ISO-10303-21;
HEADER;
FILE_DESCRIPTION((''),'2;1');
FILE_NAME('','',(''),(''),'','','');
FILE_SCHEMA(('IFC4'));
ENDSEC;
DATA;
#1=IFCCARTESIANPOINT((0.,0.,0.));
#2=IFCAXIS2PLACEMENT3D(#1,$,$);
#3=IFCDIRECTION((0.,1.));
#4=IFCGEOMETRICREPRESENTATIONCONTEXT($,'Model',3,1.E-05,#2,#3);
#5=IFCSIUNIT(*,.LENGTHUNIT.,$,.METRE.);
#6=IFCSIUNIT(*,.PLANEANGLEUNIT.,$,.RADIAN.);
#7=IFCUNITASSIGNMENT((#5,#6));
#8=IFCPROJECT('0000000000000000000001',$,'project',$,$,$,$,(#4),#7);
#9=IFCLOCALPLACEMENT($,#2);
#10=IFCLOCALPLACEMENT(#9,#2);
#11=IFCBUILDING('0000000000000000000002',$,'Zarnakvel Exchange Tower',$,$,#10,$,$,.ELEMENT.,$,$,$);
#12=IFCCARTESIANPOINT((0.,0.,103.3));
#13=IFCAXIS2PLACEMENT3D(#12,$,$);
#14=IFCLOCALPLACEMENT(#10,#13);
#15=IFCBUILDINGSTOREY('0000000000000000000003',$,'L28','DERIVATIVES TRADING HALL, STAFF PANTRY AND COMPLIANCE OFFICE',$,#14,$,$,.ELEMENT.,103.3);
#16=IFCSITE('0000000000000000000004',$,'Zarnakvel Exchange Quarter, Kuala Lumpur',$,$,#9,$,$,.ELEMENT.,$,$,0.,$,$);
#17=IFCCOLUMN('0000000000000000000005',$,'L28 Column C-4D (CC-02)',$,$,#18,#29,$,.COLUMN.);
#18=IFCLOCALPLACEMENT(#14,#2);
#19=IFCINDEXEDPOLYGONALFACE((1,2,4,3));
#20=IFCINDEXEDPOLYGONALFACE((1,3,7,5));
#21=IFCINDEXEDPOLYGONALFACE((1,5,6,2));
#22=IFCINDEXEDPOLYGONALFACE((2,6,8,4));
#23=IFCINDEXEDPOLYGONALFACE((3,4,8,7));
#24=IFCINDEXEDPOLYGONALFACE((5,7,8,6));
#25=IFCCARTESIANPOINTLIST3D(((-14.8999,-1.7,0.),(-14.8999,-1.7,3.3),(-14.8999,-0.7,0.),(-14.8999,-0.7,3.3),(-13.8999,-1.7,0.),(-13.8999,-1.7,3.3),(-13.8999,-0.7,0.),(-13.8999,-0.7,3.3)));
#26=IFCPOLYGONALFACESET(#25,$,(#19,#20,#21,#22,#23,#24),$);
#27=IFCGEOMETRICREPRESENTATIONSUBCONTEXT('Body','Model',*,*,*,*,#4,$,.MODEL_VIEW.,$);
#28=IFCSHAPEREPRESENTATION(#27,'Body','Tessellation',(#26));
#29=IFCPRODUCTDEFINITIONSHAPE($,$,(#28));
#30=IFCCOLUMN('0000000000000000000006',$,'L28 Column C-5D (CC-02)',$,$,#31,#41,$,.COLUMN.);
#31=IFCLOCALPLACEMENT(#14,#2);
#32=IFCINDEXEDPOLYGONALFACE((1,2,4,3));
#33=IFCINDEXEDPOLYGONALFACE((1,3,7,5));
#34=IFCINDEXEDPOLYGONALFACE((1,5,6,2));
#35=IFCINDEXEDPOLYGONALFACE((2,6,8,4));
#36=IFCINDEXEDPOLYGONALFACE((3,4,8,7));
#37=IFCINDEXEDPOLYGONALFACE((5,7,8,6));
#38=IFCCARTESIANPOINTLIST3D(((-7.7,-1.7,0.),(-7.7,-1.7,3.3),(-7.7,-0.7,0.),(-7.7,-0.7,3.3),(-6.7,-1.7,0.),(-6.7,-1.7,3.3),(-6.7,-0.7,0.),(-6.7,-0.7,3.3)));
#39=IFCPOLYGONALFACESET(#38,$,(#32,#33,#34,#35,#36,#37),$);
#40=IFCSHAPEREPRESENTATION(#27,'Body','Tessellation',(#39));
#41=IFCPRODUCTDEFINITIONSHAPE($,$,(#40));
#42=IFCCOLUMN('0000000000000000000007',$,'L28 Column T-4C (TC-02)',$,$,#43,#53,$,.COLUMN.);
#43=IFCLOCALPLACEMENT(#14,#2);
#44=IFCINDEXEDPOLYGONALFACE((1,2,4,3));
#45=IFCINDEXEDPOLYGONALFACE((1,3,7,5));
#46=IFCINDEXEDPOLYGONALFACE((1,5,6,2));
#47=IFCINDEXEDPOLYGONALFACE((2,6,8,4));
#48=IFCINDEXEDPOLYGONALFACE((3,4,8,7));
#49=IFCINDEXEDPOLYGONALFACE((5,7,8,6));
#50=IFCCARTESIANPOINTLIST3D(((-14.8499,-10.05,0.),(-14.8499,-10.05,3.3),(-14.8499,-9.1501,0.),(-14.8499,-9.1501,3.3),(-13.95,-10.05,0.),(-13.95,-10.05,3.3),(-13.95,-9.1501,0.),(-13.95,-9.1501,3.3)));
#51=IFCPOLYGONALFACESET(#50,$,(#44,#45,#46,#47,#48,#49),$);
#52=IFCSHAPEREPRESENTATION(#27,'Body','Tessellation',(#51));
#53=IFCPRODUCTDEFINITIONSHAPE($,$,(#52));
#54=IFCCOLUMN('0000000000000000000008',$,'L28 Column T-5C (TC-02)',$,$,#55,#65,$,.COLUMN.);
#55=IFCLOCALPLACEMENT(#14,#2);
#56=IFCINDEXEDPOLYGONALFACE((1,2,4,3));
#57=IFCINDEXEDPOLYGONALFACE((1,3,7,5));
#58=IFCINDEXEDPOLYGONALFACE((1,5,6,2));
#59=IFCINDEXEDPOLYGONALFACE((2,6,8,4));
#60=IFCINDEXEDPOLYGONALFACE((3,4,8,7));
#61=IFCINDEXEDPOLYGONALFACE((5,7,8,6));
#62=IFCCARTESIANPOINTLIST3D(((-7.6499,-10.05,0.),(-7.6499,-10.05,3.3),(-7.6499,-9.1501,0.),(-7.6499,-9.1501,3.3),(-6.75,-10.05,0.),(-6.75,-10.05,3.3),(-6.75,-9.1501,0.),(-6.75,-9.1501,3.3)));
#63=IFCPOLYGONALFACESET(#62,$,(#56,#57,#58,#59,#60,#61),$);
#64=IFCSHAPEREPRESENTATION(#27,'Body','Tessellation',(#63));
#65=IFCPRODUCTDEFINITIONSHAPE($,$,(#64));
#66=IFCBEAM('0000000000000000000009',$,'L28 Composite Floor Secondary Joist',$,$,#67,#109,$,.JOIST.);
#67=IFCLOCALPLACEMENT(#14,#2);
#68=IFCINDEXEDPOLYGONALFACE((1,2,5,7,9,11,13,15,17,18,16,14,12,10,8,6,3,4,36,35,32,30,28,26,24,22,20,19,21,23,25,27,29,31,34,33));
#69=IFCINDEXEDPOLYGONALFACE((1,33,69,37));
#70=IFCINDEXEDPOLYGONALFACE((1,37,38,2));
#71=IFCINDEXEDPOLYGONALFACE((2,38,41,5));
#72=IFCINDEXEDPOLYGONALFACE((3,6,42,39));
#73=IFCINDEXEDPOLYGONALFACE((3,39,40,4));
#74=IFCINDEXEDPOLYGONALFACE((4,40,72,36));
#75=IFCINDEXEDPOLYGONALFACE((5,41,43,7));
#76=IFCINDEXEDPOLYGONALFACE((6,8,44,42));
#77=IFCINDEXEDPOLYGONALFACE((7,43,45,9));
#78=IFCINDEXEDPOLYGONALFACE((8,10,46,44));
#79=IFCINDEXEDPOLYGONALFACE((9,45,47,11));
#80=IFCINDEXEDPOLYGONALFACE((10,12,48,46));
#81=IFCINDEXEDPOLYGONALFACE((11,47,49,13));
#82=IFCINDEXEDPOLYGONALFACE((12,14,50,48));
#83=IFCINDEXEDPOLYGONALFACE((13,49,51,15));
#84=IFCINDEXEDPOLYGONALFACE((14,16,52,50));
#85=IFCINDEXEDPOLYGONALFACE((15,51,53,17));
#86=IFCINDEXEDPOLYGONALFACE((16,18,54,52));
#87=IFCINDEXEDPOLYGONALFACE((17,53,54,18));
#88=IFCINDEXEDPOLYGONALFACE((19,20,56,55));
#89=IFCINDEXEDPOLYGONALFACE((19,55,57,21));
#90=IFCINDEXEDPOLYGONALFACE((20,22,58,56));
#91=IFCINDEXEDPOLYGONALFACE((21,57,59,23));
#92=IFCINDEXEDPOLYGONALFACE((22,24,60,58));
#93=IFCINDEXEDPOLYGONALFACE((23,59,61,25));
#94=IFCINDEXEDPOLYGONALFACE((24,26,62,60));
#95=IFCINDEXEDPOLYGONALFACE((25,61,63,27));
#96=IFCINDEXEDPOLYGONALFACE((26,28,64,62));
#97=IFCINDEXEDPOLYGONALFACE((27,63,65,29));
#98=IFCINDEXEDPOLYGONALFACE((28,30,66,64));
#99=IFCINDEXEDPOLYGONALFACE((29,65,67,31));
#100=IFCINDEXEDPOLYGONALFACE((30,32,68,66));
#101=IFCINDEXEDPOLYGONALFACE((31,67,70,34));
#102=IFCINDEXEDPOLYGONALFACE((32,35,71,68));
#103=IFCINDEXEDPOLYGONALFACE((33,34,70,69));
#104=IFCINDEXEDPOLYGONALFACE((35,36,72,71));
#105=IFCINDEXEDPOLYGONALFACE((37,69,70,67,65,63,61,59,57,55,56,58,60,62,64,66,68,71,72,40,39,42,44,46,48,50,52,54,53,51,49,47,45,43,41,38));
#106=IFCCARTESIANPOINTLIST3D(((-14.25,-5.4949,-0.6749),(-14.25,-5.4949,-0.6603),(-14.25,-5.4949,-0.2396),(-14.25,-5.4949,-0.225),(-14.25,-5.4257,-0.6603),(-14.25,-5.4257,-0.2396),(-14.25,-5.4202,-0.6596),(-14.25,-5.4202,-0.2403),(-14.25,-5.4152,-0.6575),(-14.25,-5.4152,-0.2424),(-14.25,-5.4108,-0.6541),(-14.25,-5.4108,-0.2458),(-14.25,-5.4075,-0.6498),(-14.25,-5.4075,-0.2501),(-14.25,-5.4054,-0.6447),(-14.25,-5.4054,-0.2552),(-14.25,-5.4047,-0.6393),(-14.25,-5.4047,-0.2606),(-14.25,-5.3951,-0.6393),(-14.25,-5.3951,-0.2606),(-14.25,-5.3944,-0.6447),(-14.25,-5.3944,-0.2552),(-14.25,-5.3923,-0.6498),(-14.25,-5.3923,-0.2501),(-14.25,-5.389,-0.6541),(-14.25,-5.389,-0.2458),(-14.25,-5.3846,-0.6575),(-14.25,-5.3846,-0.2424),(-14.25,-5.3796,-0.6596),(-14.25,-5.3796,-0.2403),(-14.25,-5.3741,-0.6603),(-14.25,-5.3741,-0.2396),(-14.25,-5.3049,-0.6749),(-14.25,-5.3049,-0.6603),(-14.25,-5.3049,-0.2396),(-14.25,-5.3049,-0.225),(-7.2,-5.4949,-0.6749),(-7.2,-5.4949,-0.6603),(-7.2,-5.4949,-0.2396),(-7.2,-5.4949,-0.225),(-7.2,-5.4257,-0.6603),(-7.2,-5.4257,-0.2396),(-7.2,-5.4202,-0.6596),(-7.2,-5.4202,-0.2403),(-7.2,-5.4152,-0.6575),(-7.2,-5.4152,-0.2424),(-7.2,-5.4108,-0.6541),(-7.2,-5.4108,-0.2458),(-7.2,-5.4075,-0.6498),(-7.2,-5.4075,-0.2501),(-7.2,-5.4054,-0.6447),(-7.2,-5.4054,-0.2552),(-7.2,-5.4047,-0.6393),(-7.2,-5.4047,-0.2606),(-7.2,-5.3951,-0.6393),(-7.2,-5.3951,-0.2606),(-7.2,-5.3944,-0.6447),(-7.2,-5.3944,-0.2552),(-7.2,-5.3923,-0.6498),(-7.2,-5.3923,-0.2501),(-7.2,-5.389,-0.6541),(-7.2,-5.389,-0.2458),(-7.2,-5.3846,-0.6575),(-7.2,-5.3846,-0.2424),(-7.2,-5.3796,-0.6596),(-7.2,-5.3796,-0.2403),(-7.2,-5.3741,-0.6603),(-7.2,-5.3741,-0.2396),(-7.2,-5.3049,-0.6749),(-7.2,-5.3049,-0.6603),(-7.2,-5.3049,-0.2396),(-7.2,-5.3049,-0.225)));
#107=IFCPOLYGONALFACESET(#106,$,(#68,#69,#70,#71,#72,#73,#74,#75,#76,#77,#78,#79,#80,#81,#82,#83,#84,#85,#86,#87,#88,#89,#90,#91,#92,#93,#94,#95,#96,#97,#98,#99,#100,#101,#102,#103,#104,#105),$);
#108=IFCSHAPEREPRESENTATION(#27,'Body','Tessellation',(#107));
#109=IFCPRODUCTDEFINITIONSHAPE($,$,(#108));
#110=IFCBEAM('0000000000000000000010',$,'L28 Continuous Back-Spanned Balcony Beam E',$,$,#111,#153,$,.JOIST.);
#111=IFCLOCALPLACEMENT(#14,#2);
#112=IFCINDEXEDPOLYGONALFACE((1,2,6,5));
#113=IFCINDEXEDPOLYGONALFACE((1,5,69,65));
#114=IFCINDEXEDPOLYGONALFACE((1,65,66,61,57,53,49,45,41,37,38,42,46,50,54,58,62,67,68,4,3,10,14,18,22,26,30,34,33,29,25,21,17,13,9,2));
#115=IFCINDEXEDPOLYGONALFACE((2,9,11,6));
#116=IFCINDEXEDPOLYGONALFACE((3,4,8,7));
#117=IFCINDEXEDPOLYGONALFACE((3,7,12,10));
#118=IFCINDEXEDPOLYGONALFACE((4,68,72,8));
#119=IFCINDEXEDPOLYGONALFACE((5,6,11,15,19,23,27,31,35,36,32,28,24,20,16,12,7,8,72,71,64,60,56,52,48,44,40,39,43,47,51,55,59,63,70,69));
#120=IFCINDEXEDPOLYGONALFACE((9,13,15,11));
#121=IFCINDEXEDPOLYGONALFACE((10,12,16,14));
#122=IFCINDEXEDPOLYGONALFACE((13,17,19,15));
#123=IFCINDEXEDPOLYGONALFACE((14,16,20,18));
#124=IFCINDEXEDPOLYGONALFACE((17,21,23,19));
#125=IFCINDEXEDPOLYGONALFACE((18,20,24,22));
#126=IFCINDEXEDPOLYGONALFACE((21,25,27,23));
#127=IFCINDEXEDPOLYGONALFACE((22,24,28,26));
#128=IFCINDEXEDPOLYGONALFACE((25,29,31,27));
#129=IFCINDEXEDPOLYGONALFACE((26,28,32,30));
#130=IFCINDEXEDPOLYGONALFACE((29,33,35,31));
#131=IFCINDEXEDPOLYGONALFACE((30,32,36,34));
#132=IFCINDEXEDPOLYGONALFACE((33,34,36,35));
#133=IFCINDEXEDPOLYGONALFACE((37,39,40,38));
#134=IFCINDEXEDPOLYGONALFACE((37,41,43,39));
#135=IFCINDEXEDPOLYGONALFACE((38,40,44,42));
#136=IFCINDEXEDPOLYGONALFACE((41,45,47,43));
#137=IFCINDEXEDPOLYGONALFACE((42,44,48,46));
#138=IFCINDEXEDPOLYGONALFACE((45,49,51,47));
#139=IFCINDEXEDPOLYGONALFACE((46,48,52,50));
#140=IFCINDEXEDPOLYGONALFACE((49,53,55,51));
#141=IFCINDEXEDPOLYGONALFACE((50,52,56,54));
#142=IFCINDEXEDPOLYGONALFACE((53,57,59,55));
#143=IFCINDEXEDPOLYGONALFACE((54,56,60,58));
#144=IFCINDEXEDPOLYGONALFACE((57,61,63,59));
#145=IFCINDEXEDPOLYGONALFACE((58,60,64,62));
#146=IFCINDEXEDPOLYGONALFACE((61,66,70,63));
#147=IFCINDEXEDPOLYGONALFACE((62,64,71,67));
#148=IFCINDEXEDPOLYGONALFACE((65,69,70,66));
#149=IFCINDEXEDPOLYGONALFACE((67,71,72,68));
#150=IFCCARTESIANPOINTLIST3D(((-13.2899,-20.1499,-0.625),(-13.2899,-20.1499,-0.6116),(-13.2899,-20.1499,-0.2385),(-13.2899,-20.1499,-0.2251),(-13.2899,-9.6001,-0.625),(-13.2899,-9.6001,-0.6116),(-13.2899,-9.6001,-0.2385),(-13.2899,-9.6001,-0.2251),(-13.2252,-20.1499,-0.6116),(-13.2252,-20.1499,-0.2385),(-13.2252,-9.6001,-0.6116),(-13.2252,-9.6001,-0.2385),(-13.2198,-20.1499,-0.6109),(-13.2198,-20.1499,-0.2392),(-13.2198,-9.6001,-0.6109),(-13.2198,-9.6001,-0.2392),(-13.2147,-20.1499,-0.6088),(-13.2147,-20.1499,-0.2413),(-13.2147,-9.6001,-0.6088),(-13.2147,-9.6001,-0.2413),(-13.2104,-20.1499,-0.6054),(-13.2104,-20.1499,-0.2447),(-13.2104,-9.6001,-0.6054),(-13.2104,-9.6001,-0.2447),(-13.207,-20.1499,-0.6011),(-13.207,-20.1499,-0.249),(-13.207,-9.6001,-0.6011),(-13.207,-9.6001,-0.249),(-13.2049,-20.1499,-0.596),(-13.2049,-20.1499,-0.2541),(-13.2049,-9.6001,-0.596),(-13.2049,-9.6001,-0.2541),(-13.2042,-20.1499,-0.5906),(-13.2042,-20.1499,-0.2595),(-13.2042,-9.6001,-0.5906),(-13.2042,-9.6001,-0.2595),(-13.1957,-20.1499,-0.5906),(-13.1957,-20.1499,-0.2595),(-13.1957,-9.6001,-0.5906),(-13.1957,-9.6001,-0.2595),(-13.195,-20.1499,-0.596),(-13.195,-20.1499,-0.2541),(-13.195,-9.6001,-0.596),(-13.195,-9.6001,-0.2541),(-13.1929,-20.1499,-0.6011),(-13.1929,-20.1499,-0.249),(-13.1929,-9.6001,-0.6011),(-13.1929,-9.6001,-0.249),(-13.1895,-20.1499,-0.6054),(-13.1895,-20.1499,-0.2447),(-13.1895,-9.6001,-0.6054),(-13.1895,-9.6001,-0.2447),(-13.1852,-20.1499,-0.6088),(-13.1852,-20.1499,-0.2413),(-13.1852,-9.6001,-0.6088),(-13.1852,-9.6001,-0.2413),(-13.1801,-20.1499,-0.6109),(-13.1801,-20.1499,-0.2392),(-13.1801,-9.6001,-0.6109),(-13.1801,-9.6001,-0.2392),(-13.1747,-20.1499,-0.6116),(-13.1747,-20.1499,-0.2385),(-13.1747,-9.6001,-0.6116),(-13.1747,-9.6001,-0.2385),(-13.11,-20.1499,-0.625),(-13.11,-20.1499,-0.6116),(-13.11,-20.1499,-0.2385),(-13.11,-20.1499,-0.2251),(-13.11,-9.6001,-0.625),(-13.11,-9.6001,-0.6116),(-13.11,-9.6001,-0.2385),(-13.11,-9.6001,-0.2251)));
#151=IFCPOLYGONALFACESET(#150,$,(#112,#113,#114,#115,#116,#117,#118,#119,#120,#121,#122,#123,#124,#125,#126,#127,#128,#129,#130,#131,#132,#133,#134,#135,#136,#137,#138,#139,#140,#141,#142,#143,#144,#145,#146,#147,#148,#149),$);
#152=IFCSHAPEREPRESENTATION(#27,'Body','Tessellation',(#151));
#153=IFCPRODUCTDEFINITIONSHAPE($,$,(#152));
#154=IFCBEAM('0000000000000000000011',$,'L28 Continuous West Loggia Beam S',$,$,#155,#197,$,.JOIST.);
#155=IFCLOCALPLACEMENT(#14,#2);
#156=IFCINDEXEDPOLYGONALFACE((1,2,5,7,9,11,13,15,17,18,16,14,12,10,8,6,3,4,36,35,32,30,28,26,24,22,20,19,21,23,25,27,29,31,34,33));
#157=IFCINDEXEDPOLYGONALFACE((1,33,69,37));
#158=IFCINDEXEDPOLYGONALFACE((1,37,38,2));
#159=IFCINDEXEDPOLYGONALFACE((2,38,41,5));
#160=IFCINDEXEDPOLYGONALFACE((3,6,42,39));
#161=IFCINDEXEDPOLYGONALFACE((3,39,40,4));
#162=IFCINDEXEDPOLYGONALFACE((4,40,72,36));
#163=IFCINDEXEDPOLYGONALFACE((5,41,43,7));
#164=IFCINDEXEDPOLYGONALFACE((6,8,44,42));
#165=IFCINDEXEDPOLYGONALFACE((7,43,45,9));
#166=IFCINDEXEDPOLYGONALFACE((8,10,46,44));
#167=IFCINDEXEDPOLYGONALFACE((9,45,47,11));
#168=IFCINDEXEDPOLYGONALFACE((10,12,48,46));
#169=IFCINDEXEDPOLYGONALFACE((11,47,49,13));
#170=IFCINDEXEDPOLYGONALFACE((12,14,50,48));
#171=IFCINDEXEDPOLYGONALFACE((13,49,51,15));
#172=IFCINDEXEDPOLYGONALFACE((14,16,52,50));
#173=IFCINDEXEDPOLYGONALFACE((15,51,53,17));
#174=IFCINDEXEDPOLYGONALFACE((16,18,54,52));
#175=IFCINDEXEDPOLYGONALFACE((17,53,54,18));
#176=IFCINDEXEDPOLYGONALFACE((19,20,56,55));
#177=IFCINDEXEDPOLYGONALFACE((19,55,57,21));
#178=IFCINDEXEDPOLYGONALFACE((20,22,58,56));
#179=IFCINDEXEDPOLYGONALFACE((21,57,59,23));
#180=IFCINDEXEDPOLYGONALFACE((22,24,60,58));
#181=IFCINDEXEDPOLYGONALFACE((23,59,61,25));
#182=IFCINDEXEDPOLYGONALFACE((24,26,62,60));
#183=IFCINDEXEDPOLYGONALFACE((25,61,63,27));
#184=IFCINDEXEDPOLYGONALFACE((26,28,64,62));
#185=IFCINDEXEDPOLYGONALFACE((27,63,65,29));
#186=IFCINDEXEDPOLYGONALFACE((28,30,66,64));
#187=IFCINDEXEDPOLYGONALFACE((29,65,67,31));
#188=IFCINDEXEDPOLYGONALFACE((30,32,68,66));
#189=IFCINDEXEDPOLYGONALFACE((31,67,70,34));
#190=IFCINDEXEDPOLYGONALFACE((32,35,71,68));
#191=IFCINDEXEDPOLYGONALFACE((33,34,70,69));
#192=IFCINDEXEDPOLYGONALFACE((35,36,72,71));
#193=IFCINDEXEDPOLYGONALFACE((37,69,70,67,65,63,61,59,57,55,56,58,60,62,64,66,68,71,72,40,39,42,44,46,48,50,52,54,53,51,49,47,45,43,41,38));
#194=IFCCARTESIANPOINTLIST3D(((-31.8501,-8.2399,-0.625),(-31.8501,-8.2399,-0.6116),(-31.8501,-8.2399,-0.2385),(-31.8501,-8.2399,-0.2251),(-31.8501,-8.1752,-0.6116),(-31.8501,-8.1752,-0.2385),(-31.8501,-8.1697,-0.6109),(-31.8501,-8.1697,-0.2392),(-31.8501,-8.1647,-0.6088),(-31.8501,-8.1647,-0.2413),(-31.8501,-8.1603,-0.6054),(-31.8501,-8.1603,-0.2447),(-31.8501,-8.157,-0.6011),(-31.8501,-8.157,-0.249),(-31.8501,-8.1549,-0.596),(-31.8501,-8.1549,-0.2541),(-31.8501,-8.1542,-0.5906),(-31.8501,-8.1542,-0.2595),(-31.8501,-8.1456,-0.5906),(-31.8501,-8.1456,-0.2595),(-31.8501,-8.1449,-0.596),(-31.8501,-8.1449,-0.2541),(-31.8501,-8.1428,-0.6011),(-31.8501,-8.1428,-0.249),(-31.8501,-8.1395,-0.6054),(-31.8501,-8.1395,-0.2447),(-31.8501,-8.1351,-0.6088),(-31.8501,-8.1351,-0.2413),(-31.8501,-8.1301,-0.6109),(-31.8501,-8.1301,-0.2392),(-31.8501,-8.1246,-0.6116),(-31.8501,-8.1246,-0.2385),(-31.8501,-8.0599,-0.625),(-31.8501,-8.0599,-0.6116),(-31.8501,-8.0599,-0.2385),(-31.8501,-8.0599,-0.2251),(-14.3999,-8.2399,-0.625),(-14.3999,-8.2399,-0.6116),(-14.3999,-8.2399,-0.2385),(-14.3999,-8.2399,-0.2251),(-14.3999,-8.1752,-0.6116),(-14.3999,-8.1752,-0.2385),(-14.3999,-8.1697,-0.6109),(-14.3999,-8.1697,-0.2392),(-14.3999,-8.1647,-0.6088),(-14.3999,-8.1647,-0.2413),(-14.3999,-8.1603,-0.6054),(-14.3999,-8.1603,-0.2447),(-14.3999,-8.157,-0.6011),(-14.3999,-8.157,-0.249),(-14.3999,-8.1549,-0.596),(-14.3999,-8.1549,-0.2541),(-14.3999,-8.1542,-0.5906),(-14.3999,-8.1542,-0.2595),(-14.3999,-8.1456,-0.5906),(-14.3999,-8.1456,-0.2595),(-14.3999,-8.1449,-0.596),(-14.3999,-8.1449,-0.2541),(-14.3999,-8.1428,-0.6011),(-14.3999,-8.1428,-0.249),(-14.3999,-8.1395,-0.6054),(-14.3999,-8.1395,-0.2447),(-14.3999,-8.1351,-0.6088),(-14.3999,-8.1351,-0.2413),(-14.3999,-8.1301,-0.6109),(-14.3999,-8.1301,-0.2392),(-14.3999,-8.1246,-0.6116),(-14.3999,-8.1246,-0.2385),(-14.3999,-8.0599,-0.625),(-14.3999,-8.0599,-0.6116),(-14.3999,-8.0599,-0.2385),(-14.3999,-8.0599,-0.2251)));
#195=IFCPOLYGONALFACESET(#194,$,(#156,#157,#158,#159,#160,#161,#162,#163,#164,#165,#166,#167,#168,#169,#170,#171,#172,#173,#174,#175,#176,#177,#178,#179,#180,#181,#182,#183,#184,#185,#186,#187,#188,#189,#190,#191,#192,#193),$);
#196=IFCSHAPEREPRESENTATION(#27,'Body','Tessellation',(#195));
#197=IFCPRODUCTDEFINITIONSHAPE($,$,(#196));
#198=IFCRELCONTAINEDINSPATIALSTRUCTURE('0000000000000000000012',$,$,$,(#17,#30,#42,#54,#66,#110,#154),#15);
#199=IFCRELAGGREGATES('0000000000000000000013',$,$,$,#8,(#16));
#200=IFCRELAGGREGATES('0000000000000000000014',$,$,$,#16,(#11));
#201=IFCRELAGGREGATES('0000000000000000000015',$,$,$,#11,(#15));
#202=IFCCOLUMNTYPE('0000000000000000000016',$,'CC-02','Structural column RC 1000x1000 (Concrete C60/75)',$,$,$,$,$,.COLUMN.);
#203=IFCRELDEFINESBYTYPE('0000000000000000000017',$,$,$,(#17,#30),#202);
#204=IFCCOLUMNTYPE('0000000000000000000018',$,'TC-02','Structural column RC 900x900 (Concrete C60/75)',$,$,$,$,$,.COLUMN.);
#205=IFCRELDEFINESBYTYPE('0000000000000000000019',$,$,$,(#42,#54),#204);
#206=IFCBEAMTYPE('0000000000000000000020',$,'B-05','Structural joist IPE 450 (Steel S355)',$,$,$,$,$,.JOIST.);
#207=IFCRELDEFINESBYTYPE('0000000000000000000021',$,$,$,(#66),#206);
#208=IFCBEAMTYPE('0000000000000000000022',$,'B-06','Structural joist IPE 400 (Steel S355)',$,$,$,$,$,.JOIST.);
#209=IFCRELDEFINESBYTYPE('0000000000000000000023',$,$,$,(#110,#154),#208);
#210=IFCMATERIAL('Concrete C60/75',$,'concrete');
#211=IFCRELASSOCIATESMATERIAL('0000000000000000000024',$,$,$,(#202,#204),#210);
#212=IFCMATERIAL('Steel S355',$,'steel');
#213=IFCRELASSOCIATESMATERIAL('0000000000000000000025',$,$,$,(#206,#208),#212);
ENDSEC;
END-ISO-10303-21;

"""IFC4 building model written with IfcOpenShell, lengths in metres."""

from ifc_helpers import new_model, si_unit, direction, frame, origin, origin_2d, place, context, subcontext, project, spatial, rectangle, i_section, extrude, material, material_profile, profile_set, type_object, element, save


model = new_model("IFC4")

# Units and contexts
model_context = context("Model", 3, precision=1e-05, world=origin(), true_north=direction((0.0, 1.0)))
body_context = subcontext(model_context, "Body", "Model", "MODEL_VIEW")
ifc_project = project(units=[si_unit("LENGTHUNIT", "METRE"), si_unit("PLANEANGLEUNIT", "RADIAN")], contexts=[model_context])

# Site, building, storey
site_placement = place(None, origin())
site = spatial("IfcSite", under=ifc_project, at=site_placement, Name="Zarnakvel Exchange Quarter, Kuala Lumpur", CompositionType="ELEMENT", RefElevation=0.0)
building_placement = place(site_placement, origin())
building = spatial("IfcBuilding", under=site, at=building_placement, Name="Zarnakvel Exchange Tower", CompositionType="ELEMENT")
storey_placement = place(building_placement, frame((0.0, 0.0, 103.3)))
storey = spatial("IfcBuildingStorey", under=building, at=storey_placement, Name="L28", Description="DERIVATIVES TRADING HALL, STAFF PANTRY AND COMPLIANCE OFFICE", CompositionType="ELEMENT", Elevation=103.3)

# Columns
ifc_material_1 = material(Name="Concrete C60/75", Category="concrete")
ifc_material_profile_1 = material_profile(ifc_material_1, rectangle(XDim=1.0, YDim=1.0, at=origin_2d()))
ifc_profile_set_1 = profile_set([ifc_material_profile_1], Name="Concrete C60/75")
column_type_1 = type_object("IfcColumnType", Name="CC-02", Description="Structural column RC 1000x1000 (Concrete C60/75)", PredefinedType="COLUMN", material=ifc_profile_set_1)
for number, where, z_axis, x_axis, name in (
    (1, (-14.3999, -1.2, 0.0), (0.0, 0.0, 1.0), (1.0, 0.0, 0.0), "L28 Column C-4D (CC-02)"),
    (2, (-7.2, -1.2, 0.0), (0.0, 0.0, 1.0), (1.0, 0.0, 0.0), "L28 Column C-5D (CC-02)"),
):
    element("IfcColumn", number, at=place(storey_placement, frame(where, z_axis=z_axis, x_axis=x_axis)), inside=storey, type_object=column_type_1, Name=name, PredefinedType="COLUMN", context=body_context, shape_type="SweptSolid", body=[
        extrude(rectangle(XDim=1.0, YDim=1.0, at=origin_2d()), origin(), (0.0, 0.0, 1.0), 3.3),
    ])
ifc_material_profile_2 = material_profile(ifc_material_1, rectangle(XDim=0.8999, YDim=0.8999, at=origin_2d()))
ifc_profile_set_2 = profile_set([ifc_material_profile_2], Name="Concrete C60/75")
column_type_2 = type_object("IfcColumnType", Name="TC-02", Description="Structural column RC 900x900 (Concrete C60/75)", PredefinedType="COLUMN", material=ifc_profile_set_2)
for number, where, z_axis, x_axis, name in (
    (3, (-14.3999, -9.6001, 0.0), (0.0, 0.0, 1.0), (1.0, 0.0, 0.0), "L28 Column T-4C (TC-02)"),
    (4, (-7.2, -9.6001, 0.0), (0.0, 0.0, 1.0), (1.0, 0.0, 0.0), "L28 Column T-5C (TC-02)"),
):
    element("IfcColumn", number, at=place(storey_placement, frame(where, z_axis=z_axis, x_axis=x_axis)), inside=storey, type_object=column_type_2, Name=name, PredefinedType="COLUMN", context=body_context, shape_type="SweptSolid", body=[
        extrude(rectangle(XDim=0.8999, YDim=0.8999, at=origin_2d()), origin(), (0.0, 0.0, 1.0), 3.3),
    ])

# Beams
ifc_material_2 = material(Name="Steel S355", Category="steel")
ifc_material_profile_3 = material_profile(ifc_material_2, i_section(OverallWidth=0.1899, OverallDepth=0.45, WebThickness=0.0095, FlangeThickness=0.0146, FilletRadius=0.021, at=origin_2d()))
ifc_profile_set_3 = profile_set([ifc_material_profile_3], Name="Steel S355")
beam_type_1 = type_object("IfcBeamType", Name="B-05", Description="Structural joist IPE 450 (Steel S355)", PredefinedType="JOIST", material=ifc_profile_set_3)
beam_1_placement = place(storey_placement, frame((-14.25, -5.3999, -0.45), z_axis=(1.0, 0.0, 0.0), x_axis=(0.0, 1.0, 0.0)))
element("IfcBeam", 5, at=beam_1_placement, inside=storey, type_object=beam_type_1, Name="L28 Composite Floor Secondary Joist", PredefinedType="JOIST", context=body_context, shape_type="SweptSolid", body=[
    extrude(i_section(OverallWidth=0.1899, OverallDepth=0.45, WebThickness=0.0095, FlangeThickness=0.0146, FilletRadius=0.021, at=origin_2d()), origin(), (0.0, 0.0, 1.0), 7.05),
])
ifc_material_profile_4 = material_profile(ifc_material_2, i_section(OverallWidth=0.1799, OverallDepth=0.3999, WebThickness=0.0085, FlangeThickness=0.0134, FilletRadius=0.021, at=origin_2d()))
ifc_profile_set_4 = profile_set([ifc_material_profile_4], Name="Steel S355")
beam_type_2 = type_object("IfcBeamType", Name="B-06", Description="Structural joist IPE 400 (Steel S355)", PredefinedType="JOIST", material=ifc_profile_set_4)
beam_2_placement = place(storey_placement, frame((-13.2, -9.6001, -0.425), z_axis=(0.0, -1.0, 0.0), x_axis=(1.0, 0.0, 0.0)))
element("IfcBeam", 6, at=beam_2_placement, inside=storey, type_object=beam_type_2, Name="L28 Continuous Back-Spanned Balcony Beam E", PredefinedType="JOIST", context=body_context, shape_type="SweptSolid", body=[
    extrude(i_section(OverallWidth=0.1799, OverallDepth=0.3999, WebThickness=0.0085, FlangeThickness=0.0134, FilletRadius=0.021, at=origin_2d()), origin(), (0.0, 0.0, 1.0), 10.5498),
])
for number, where, z_axis, x_axis, name in (
    (7, (-14.3999, -8.1499, -0.425), (-1.0, 0.0, 0.0), (0.0, -1.0, 0.0), "L28 Continuous West Loggia Beam S"),
):
    element("IfcBeam", number, at=place(storey_placement, frame(where, z_axis=z_axis, x_axis=x_axis)), inside=storey, type_object=beam_type_2, Name=name, PredefinedType="JOIST", context=body_context, shape_type="SweptSolid", body=[
        extrude(i_section(OverallWidth=0.1799, OverallDepth=0.3999, WebThickness=0.0085, FlangeThickness=0.0134, FilletRadius=0.021, at=origin_2d()), origin(), (0.0, 0.0, 1.0), 17.4502),
    ])

save(model, "model.ifc")
